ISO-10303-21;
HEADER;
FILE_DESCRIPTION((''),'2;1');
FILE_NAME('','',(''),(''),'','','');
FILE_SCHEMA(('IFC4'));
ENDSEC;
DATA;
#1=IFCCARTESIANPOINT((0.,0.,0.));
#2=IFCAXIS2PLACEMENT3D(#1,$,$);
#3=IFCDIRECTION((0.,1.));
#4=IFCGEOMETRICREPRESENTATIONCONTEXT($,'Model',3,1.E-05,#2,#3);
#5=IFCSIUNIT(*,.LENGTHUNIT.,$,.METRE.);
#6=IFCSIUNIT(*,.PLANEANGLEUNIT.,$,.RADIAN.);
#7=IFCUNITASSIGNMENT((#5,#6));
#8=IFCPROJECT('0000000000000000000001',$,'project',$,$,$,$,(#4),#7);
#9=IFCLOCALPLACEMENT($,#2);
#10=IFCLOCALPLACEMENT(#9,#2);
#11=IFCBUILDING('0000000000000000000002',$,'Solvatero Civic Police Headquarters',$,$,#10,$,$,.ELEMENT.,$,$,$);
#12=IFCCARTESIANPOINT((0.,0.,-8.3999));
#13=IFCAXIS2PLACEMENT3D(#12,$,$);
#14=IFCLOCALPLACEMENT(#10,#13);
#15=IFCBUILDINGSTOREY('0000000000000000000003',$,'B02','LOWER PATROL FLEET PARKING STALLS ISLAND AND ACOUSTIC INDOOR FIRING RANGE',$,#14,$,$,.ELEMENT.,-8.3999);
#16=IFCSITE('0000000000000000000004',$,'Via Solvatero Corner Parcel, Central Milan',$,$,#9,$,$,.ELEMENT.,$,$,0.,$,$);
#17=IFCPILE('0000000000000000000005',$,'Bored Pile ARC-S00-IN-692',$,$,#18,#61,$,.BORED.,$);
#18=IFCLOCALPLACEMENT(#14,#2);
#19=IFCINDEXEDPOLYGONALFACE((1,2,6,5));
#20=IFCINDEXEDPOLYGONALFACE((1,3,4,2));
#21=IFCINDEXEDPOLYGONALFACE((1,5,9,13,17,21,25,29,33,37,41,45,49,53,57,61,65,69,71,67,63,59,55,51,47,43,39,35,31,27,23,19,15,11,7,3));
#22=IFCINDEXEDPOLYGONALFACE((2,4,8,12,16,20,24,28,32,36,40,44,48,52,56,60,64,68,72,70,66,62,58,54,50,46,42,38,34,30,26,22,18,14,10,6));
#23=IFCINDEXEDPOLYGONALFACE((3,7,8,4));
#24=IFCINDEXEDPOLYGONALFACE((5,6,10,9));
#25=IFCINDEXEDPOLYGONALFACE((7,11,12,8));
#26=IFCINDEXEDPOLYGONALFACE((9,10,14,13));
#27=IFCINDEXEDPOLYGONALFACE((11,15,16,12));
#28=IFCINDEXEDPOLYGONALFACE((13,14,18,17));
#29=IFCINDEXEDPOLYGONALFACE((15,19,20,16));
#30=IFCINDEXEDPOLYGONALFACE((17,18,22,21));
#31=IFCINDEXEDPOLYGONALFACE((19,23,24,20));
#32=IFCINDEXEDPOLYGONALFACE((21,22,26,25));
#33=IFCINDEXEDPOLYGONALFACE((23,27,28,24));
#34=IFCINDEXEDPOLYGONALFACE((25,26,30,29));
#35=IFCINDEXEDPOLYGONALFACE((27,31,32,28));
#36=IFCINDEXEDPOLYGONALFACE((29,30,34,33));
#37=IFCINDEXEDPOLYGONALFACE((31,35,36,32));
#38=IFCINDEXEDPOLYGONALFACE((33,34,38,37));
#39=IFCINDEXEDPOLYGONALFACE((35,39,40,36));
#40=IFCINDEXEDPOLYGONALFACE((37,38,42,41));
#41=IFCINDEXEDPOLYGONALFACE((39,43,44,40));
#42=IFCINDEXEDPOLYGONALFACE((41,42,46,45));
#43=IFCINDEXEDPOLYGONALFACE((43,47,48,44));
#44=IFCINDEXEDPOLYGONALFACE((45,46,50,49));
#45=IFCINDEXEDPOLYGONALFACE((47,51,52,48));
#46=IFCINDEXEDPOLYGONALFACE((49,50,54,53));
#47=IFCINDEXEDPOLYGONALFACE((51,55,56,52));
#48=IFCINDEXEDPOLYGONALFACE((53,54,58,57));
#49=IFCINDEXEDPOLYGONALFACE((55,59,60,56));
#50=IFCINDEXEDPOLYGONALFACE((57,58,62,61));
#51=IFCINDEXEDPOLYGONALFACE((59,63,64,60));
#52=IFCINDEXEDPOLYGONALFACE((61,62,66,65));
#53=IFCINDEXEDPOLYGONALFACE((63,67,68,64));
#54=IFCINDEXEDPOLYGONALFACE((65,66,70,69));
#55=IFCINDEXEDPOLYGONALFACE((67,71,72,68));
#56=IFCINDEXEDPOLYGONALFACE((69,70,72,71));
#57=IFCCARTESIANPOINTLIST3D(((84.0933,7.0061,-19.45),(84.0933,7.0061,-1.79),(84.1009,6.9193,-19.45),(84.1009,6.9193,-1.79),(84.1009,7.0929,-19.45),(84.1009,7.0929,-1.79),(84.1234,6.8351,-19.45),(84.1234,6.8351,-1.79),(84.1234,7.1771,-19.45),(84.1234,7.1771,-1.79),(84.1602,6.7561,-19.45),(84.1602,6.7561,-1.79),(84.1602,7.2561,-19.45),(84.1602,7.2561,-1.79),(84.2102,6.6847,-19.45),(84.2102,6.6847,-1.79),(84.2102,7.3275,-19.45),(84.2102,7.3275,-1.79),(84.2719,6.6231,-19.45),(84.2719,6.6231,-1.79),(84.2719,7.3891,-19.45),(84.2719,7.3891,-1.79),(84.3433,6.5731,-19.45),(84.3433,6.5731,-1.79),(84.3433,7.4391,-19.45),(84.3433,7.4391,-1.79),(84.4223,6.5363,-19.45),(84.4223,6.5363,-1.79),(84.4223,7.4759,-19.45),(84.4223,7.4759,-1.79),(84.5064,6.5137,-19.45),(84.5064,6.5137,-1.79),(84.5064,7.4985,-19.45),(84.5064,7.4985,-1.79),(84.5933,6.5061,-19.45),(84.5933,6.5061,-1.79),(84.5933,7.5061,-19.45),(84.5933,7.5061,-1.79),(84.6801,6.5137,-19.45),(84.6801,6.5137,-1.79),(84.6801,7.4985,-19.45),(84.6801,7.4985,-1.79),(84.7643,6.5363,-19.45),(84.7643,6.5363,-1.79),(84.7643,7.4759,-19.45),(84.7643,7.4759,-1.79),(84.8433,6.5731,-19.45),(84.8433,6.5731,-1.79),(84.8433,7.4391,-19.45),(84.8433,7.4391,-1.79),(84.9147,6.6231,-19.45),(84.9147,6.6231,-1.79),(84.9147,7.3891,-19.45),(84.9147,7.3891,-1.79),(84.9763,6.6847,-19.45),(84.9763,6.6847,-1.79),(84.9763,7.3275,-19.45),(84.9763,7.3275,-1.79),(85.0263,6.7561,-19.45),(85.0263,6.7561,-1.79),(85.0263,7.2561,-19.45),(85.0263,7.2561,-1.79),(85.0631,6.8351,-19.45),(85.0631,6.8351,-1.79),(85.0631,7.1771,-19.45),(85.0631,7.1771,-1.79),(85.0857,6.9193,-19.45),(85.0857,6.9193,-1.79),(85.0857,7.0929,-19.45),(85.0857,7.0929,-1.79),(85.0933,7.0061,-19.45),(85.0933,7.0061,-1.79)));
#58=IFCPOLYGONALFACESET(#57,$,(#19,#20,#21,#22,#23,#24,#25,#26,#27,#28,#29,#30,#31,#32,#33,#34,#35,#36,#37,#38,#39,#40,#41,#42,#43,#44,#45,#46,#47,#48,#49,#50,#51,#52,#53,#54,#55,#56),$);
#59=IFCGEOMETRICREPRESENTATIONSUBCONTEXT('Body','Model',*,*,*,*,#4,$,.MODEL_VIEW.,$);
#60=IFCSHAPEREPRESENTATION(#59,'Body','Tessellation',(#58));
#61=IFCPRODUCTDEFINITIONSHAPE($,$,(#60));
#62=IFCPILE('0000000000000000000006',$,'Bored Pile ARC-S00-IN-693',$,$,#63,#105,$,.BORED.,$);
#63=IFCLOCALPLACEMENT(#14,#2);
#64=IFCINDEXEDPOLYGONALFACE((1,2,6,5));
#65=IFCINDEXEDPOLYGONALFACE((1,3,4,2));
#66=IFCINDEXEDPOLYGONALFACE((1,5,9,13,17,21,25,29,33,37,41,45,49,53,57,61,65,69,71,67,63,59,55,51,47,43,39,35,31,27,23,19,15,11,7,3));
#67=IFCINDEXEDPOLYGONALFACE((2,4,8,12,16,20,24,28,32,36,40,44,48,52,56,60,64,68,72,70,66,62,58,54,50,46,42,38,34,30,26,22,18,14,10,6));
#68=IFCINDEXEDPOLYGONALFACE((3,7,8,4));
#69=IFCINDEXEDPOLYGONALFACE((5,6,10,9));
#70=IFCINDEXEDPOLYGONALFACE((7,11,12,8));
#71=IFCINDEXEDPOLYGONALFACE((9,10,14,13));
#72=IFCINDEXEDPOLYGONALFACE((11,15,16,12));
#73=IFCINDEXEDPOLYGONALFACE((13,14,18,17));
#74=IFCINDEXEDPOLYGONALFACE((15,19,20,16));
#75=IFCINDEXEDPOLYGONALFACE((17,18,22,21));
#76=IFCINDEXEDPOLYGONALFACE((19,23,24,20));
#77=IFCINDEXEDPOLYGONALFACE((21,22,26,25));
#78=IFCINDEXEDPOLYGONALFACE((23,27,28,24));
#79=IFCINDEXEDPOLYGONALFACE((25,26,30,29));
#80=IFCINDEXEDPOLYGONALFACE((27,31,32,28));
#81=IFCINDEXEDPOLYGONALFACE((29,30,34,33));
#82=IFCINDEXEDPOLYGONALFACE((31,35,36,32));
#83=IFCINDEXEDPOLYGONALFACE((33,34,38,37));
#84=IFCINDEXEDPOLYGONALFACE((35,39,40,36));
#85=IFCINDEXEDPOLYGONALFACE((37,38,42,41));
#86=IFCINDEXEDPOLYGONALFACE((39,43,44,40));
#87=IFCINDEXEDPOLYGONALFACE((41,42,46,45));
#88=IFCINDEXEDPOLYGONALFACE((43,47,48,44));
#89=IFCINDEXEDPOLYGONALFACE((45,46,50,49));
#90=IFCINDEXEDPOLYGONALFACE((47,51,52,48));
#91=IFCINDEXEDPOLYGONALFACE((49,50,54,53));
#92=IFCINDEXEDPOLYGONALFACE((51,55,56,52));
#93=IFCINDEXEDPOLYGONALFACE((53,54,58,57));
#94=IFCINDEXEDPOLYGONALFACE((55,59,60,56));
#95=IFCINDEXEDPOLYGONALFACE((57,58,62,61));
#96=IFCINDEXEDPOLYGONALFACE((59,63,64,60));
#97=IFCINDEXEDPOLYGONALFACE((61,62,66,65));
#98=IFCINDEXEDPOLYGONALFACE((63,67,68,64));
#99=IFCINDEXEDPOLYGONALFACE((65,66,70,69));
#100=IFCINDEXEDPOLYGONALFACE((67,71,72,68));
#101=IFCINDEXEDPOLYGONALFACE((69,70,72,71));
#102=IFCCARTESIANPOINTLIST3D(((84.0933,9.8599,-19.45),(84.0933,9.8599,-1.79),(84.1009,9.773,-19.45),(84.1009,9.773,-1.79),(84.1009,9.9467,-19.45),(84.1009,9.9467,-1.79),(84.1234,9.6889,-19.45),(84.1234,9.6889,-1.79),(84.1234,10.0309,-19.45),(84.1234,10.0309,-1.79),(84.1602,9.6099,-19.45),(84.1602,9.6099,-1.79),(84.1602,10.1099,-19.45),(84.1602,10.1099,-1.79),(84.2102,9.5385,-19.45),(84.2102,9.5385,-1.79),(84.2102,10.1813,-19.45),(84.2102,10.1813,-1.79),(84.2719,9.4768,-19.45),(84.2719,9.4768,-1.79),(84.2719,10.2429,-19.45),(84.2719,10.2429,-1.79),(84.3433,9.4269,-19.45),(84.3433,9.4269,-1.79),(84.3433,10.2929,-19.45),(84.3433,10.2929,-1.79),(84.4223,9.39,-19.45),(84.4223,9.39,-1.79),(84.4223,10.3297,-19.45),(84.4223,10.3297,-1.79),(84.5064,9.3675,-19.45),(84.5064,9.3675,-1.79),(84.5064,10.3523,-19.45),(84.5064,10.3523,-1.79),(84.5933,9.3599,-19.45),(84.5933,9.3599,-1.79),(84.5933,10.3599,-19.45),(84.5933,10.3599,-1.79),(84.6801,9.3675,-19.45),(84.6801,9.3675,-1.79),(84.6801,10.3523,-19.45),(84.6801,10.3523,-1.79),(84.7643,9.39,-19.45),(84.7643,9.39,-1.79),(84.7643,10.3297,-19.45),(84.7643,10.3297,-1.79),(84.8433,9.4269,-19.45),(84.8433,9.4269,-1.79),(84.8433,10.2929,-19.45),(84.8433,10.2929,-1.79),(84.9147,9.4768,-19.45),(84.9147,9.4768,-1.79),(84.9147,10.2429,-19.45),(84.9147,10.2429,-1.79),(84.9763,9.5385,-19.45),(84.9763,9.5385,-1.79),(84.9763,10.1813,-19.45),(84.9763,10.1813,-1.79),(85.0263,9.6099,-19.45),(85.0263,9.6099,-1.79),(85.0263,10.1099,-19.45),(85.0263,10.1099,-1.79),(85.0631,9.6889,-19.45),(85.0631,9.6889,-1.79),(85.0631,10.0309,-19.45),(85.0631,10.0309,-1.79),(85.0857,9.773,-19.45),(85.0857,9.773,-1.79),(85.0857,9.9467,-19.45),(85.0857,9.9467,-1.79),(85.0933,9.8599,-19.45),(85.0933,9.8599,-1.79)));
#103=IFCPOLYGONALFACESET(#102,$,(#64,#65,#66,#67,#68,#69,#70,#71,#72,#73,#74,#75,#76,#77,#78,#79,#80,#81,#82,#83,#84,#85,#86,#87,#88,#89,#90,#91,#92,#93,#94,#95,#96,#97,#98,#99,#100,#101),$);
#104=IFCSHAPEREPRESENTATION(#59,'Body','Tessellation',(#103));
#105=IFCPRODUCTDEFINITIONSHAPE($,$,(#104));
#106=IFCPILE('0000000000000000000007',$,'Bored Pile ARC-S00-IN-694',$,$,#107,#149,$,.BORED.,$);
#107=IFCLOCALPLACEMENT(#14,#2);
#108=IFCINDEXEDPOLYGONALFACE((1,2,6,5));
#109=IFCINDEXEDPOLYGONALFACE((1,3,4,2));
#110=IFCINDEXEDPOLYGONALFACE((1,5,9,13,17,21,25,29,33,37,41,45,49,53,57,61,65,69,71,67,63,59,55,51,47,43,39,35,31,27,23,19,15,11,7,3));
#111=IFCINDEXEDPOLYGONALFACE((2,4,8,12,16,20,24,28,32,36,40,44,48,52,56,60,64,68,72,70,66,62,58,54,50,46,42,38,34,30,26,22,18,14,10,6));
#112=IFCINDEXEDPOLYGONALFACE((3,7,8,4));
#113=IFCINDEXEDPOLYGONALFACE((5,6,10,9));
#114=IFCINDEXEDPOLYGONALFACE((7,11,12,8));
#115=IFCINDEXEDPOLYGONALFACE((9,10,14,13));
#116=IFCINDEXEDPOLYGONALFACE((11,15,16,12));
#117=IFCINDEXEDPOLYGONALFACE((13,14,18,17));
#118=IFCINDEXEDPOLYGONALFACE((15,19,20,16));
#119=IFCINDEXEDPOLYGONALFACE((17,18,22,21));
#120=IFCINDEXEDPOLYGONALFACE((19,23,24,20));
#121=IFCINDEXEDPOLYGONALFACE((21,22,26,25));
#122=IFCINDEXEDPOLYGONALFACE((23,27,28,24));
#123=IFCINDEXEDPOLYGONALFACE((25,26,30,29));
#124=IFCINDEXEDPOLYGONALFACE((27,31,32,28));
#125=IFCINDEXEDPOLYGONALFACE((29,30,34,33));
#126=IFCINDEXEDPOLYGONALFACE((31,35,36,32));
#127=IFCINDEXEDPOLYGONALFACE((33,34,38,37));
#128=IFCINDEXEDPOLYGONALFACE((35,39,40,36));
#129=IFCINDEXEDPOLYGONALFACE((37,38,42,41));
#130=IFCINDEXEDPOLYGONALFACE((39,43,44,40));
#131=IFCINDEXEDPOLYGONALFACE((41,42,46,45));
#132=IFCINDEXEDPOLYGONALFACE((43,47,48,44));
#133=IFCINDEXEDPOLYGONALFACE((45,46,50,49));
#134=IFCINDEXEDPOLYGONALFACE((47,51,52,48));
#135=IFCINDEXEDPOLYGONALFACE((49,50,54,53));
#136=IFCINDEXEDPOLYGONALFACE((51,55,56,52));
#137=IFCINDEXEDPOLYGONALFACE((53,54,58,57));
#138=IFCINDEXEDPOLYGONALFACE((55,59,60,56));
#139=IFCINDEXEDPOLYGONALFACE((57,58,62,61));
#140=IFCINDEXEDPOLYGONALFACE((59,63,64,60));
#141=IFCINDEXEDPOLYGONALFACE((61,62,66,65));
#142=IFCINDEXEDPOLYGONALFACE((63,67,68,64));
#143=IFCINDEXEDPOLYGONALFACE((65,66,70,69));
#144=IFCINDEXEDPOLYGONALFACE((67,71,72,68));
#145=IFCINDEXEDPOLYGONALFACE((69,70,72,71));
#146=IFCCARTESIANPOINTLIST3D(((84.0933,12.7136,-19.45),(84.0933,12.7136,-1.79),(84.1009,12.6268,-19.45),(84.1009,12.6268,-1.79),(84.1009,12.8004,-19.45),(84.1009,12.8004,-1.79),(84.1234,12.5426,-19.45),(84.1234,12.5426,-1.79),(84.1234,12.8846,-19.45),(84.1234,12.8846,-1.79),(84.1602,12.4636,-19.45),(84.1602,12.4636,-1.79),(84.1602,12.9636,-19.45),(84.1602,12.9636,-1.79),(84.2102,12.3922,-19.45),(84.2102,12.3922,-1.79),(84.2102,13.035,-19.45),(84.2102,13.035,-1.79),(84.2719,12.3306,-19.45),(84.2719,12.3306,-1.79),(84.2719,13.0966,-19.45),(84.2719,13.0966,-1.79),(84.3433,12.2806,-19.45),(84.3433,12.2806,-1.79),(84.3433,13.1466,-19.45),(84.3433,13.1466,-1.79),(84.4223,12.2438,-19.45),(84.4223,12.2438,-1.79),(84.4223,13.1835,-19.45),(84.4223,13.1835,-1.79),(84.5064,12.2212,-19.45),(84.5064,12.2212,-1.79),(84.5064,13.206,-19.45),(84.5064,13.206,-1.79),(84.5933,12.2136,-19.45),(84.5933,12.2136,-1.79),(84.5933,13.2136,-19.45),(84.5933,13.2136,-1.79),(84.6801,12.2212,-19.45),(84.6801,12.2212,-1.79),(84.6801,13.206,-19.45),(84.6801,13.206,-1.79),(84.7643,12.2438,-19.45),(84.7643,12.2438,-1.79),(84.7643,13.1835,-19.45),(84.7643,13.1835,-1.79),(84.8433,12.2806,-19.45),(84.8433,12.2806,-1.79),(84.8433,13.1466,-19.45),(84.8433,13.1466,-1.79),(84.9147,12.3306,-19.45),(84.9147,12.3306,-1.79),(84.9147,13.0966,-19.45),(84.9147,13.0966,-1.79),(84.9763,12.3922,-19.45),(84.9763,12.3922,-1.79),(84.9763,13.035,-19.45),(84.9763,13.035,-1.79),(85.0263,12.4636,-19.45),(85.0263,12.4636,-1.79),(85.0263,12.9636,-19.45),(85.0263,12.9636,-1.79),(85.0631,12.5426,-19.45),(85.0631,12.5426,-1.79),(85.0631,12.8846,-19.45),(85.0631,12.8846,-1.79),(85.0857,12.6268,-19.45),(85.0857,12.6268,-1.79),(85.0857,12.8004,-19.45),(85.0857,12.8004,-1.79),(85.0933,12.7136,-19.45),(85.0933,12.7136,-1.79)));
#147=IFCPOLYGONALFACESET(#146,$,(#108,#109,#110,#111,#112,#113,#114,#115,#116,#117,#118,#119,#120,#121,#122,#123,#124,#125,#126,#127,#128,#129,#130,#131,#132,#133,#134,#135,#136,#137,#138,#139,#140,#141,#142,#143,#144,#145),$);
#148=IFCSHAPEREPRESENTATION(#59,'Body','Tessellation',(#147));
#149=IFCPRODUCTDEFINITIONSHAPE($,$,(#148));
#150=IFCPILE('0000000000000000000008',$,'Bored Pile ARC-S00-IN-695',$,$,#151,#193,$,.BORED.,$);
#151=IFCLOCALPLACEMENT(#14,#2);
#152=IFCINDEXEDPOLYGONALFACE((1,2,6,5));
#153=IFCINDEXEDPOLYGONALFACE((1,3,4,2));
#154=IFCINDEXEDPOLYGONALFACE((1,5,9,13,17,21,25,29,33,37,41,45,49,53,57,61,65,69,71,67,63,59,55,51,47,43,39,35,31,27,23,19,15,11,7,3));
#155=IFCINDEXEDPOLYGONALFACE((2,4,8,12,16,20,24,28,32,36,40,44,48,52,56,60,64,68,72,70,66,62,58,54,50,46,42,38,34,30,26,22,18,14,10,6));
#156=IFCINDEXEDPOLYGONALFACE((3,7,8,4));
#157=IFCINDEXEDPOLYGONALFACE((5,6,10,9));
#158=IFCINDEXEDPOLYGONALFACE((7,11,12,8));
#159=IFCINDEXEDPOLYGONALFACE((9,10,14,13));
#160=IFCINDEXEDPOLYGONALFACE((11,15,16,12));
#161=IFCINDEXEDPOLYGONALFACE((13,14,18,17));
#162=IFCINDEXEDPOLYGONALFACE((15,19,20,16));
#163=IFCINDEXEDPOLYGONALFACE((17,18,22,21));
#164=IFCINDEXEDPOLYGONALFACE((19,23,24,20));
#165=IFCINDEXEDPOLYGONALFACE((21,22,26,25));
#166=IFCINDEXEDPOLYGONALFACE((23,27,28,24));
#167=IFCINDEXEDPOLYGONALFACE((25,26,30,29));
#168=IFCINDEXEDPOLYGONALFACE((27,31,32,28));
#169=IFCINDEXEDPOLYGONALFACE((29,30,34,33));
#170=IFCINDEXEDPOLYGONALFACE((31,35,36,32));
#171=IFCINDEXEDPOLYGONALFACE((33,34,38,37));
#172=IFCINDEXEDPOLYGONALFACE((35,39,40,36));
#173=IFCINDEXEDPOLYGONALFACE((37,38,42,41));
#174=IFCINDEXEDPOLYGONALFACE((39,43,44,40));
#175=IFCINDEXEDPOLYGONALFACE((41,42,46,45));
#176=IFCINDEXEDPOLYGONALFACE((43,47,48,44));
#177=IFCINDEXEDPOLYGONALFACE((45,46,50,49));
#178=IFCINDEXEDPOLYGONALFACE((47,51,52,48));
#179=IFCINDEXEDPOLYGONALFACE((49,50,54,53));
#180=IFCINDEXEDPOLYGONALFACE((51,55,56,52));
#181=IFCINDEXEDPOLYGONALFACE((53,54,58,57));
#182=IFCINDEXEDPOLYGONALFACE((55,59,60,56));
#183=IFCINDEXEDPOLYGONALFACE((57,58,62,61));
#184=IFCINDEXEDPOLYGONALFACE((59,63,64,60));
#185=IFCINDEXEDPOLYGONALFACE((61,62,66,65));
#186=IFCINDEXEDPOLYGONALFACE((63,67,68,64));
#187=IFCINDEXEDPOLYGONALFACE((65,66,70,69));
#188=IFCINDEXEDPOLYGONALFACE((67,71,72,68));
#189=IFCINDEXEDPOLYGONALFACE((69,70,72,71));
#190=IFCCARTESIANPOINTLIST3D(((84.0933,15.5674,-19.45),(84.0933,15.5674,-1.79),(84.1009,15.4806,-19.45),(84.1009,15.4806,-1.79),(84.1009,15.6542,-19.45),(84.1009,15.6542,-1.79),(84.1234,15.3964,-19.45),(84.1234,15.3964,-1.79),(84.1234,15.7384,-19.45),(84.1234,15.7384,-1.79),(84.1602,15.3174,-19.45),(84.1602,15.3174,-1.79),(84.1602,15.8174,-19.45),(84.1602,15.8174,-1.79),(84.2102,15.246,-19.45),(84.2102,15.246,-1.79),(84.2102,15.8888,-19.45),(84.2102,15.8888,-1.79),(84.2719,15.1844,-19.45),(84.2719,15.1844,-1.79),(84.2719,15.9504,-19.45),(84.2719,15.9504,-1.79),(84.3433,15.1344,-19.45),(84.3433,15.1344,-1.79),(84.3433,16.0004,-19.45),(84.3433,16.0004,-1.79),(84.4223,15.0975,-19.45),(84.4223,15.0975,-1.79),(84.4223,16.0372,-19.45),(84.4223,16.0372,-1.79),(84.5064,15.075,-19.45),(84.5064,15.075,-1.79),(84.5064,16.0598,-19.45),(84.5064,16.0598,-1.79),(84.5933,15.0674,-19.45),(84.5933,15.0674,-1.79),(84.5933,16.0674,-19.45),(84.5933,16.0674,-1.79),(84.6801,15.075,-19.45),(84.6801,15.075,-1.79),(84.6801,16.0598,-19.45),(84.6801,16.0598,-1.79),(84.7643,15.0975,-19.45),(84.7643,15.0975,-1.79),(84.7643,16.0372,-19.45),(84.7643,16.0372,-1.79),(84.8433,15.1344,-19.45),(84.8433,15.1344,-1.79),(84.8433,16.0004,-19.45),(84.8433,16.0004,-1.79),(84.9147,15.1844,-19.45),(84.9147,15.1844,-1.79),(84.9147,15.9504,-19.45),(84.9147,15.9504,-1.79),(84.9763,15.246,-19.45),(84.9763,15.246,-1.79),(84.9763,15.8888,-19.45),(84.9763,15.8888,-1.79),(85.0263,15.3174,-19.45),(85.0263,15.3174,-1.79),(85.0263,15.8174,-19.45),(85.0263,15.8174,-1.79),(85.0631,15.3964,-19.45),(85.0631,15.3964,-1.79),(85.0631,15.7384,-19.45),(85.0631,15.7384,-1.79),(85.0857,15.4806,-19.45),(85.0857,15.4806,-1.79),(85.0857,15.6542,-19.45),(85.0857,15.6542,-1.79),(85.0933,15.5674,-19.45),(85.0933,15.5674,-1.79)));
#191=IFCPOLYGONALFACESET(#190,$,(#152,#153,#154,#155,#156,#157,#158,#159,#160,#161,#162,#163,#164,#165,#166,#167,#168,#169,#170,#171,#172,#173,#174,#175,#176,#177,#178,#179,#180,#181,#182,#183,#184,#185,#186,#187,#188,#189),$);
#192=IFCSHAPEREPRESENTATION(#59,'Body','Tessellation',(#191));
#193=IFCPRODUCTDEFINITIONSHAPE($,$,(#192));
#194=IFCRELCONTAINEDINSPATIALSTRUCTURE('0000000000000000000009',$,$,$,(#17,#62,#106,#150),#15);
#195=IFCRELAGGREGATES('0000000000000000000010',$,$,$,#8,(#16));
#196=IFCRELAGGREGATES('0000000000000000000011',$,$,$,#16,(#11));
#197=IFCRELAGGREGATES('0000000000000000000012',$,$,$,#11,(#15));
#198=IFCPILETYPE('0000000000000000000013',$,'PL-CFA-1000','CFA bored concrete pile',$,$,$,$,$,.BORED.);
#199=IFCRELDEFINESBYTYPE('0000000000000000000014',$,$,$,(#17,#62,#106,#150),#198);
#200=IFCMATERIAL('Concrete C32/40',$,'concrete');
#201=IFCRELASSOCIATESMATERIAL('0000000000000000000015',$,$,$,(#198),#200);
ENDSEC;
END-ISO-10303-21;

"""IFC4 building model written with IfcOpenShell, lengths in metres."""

from ifc_helpers import new_model, si_unit, direction, frame, origin, origin_2d, place, context, subcontext, project, spatial, circle, extrude, material, material_profile, profile_set, type_object, element, save


model = new_model("IFC4")

# Units and contexts
model_context = context("Model", 3, precision=1e-05, world=origin(), true_north=direction((0.0, 1.0)))
body_context = subcontext(model_context, "Body", "Model", "MODEL_VIEW")
ifc_project = project(units=[si_unit("LENGTHUNIT", "METRE"), si_unit("PLANEANGLEUNIT", "RADIAN")], contexts=[model_context])

# Site, building, storey
site_placement = place(None, origin())
site = spatial("IfcSite", under=ifc_project, at=site_placement, Name="Via Solvatero Corner Parcel, Central Milan", CompositionType="ELEMENT", RefElevation=0.0)
building_placement = place(site_placement, origin())
building = spatial("IfcBuilding", under=site, at=building_placement, Name="Solvatero Civic Police Headquarters", CompositionType="ELEMENT")
storey_placement = place(building_placement, frame((0.0, 0.0, -8.3999)))
storey = spatial("IfcBuildingStorey", under=building, at=storey_placement, Name="B02", Description="LOWER PATROL FLEET PARKING STALLS ISLAND AND ACOUSTIC INDOOR FIRING RANGE", CompositionType="ELEMENT", Elevation=-8.3999)

# Piles
ifc_material_1 = material(Name="Concrete C32/40", Category="concrete")
ifc_material_profile_1 = material_profile(ifc_material_1, circle(Radius=0.5, at=origin_2d()), Name="CFA PILE D1000")
ifc_profile_set_1 = profile_set([ifc_material_profile_1], Name="Concrete C32/40")
pile_type = type_object("IfcPileType", Name="PL-CFA-1000", Description="CFA bored concrete pile", PredefinedType="BORED", material=ifc_profile_set_1)
for number, where, z_axis, x_axis, name in (
    (1, (84.5933, 7.0061, -1.79), (0.0, 0.0, -1.0), (1.0, 0.0, 0.0), "Bored Pile ARC-S00-IN-692"),
    (2, (84.5933, 9.8599, -1.79), (0.0, 0.0, -1.0), (1.0, 0.0, 0.0), "Bored Pile ARC-S00-IN-693"),
    (3, (84.5933, 12.7136, -1.79), (0.0, 0.0, -1.0), (1.0, 0.0, 0.0), "Bored Pile ARC-S00-IN-694"),
    (4, (84.5933, 15.5674, -1.79), (0.0, 0.0, -1.0), (1.0, 0.0, 0.0), "Bored Pile ARC-S00-IN-695"),
):
    element("IfcPile", number, at=place(storey_placement, frame(where, z_axis=z_axis, x_axis=x_axis)), inside=storey, type_object=pile_type, Name=name, PredefinedType="BORED", context=body_context, shape_type="SweptSolid", body=[
        extrude(circle(Radius=0.5, at=origin_2d()), origin(), (0.0, 0.0, 1.0), 17.6599),
    ])

save(model, "model.ifc")
